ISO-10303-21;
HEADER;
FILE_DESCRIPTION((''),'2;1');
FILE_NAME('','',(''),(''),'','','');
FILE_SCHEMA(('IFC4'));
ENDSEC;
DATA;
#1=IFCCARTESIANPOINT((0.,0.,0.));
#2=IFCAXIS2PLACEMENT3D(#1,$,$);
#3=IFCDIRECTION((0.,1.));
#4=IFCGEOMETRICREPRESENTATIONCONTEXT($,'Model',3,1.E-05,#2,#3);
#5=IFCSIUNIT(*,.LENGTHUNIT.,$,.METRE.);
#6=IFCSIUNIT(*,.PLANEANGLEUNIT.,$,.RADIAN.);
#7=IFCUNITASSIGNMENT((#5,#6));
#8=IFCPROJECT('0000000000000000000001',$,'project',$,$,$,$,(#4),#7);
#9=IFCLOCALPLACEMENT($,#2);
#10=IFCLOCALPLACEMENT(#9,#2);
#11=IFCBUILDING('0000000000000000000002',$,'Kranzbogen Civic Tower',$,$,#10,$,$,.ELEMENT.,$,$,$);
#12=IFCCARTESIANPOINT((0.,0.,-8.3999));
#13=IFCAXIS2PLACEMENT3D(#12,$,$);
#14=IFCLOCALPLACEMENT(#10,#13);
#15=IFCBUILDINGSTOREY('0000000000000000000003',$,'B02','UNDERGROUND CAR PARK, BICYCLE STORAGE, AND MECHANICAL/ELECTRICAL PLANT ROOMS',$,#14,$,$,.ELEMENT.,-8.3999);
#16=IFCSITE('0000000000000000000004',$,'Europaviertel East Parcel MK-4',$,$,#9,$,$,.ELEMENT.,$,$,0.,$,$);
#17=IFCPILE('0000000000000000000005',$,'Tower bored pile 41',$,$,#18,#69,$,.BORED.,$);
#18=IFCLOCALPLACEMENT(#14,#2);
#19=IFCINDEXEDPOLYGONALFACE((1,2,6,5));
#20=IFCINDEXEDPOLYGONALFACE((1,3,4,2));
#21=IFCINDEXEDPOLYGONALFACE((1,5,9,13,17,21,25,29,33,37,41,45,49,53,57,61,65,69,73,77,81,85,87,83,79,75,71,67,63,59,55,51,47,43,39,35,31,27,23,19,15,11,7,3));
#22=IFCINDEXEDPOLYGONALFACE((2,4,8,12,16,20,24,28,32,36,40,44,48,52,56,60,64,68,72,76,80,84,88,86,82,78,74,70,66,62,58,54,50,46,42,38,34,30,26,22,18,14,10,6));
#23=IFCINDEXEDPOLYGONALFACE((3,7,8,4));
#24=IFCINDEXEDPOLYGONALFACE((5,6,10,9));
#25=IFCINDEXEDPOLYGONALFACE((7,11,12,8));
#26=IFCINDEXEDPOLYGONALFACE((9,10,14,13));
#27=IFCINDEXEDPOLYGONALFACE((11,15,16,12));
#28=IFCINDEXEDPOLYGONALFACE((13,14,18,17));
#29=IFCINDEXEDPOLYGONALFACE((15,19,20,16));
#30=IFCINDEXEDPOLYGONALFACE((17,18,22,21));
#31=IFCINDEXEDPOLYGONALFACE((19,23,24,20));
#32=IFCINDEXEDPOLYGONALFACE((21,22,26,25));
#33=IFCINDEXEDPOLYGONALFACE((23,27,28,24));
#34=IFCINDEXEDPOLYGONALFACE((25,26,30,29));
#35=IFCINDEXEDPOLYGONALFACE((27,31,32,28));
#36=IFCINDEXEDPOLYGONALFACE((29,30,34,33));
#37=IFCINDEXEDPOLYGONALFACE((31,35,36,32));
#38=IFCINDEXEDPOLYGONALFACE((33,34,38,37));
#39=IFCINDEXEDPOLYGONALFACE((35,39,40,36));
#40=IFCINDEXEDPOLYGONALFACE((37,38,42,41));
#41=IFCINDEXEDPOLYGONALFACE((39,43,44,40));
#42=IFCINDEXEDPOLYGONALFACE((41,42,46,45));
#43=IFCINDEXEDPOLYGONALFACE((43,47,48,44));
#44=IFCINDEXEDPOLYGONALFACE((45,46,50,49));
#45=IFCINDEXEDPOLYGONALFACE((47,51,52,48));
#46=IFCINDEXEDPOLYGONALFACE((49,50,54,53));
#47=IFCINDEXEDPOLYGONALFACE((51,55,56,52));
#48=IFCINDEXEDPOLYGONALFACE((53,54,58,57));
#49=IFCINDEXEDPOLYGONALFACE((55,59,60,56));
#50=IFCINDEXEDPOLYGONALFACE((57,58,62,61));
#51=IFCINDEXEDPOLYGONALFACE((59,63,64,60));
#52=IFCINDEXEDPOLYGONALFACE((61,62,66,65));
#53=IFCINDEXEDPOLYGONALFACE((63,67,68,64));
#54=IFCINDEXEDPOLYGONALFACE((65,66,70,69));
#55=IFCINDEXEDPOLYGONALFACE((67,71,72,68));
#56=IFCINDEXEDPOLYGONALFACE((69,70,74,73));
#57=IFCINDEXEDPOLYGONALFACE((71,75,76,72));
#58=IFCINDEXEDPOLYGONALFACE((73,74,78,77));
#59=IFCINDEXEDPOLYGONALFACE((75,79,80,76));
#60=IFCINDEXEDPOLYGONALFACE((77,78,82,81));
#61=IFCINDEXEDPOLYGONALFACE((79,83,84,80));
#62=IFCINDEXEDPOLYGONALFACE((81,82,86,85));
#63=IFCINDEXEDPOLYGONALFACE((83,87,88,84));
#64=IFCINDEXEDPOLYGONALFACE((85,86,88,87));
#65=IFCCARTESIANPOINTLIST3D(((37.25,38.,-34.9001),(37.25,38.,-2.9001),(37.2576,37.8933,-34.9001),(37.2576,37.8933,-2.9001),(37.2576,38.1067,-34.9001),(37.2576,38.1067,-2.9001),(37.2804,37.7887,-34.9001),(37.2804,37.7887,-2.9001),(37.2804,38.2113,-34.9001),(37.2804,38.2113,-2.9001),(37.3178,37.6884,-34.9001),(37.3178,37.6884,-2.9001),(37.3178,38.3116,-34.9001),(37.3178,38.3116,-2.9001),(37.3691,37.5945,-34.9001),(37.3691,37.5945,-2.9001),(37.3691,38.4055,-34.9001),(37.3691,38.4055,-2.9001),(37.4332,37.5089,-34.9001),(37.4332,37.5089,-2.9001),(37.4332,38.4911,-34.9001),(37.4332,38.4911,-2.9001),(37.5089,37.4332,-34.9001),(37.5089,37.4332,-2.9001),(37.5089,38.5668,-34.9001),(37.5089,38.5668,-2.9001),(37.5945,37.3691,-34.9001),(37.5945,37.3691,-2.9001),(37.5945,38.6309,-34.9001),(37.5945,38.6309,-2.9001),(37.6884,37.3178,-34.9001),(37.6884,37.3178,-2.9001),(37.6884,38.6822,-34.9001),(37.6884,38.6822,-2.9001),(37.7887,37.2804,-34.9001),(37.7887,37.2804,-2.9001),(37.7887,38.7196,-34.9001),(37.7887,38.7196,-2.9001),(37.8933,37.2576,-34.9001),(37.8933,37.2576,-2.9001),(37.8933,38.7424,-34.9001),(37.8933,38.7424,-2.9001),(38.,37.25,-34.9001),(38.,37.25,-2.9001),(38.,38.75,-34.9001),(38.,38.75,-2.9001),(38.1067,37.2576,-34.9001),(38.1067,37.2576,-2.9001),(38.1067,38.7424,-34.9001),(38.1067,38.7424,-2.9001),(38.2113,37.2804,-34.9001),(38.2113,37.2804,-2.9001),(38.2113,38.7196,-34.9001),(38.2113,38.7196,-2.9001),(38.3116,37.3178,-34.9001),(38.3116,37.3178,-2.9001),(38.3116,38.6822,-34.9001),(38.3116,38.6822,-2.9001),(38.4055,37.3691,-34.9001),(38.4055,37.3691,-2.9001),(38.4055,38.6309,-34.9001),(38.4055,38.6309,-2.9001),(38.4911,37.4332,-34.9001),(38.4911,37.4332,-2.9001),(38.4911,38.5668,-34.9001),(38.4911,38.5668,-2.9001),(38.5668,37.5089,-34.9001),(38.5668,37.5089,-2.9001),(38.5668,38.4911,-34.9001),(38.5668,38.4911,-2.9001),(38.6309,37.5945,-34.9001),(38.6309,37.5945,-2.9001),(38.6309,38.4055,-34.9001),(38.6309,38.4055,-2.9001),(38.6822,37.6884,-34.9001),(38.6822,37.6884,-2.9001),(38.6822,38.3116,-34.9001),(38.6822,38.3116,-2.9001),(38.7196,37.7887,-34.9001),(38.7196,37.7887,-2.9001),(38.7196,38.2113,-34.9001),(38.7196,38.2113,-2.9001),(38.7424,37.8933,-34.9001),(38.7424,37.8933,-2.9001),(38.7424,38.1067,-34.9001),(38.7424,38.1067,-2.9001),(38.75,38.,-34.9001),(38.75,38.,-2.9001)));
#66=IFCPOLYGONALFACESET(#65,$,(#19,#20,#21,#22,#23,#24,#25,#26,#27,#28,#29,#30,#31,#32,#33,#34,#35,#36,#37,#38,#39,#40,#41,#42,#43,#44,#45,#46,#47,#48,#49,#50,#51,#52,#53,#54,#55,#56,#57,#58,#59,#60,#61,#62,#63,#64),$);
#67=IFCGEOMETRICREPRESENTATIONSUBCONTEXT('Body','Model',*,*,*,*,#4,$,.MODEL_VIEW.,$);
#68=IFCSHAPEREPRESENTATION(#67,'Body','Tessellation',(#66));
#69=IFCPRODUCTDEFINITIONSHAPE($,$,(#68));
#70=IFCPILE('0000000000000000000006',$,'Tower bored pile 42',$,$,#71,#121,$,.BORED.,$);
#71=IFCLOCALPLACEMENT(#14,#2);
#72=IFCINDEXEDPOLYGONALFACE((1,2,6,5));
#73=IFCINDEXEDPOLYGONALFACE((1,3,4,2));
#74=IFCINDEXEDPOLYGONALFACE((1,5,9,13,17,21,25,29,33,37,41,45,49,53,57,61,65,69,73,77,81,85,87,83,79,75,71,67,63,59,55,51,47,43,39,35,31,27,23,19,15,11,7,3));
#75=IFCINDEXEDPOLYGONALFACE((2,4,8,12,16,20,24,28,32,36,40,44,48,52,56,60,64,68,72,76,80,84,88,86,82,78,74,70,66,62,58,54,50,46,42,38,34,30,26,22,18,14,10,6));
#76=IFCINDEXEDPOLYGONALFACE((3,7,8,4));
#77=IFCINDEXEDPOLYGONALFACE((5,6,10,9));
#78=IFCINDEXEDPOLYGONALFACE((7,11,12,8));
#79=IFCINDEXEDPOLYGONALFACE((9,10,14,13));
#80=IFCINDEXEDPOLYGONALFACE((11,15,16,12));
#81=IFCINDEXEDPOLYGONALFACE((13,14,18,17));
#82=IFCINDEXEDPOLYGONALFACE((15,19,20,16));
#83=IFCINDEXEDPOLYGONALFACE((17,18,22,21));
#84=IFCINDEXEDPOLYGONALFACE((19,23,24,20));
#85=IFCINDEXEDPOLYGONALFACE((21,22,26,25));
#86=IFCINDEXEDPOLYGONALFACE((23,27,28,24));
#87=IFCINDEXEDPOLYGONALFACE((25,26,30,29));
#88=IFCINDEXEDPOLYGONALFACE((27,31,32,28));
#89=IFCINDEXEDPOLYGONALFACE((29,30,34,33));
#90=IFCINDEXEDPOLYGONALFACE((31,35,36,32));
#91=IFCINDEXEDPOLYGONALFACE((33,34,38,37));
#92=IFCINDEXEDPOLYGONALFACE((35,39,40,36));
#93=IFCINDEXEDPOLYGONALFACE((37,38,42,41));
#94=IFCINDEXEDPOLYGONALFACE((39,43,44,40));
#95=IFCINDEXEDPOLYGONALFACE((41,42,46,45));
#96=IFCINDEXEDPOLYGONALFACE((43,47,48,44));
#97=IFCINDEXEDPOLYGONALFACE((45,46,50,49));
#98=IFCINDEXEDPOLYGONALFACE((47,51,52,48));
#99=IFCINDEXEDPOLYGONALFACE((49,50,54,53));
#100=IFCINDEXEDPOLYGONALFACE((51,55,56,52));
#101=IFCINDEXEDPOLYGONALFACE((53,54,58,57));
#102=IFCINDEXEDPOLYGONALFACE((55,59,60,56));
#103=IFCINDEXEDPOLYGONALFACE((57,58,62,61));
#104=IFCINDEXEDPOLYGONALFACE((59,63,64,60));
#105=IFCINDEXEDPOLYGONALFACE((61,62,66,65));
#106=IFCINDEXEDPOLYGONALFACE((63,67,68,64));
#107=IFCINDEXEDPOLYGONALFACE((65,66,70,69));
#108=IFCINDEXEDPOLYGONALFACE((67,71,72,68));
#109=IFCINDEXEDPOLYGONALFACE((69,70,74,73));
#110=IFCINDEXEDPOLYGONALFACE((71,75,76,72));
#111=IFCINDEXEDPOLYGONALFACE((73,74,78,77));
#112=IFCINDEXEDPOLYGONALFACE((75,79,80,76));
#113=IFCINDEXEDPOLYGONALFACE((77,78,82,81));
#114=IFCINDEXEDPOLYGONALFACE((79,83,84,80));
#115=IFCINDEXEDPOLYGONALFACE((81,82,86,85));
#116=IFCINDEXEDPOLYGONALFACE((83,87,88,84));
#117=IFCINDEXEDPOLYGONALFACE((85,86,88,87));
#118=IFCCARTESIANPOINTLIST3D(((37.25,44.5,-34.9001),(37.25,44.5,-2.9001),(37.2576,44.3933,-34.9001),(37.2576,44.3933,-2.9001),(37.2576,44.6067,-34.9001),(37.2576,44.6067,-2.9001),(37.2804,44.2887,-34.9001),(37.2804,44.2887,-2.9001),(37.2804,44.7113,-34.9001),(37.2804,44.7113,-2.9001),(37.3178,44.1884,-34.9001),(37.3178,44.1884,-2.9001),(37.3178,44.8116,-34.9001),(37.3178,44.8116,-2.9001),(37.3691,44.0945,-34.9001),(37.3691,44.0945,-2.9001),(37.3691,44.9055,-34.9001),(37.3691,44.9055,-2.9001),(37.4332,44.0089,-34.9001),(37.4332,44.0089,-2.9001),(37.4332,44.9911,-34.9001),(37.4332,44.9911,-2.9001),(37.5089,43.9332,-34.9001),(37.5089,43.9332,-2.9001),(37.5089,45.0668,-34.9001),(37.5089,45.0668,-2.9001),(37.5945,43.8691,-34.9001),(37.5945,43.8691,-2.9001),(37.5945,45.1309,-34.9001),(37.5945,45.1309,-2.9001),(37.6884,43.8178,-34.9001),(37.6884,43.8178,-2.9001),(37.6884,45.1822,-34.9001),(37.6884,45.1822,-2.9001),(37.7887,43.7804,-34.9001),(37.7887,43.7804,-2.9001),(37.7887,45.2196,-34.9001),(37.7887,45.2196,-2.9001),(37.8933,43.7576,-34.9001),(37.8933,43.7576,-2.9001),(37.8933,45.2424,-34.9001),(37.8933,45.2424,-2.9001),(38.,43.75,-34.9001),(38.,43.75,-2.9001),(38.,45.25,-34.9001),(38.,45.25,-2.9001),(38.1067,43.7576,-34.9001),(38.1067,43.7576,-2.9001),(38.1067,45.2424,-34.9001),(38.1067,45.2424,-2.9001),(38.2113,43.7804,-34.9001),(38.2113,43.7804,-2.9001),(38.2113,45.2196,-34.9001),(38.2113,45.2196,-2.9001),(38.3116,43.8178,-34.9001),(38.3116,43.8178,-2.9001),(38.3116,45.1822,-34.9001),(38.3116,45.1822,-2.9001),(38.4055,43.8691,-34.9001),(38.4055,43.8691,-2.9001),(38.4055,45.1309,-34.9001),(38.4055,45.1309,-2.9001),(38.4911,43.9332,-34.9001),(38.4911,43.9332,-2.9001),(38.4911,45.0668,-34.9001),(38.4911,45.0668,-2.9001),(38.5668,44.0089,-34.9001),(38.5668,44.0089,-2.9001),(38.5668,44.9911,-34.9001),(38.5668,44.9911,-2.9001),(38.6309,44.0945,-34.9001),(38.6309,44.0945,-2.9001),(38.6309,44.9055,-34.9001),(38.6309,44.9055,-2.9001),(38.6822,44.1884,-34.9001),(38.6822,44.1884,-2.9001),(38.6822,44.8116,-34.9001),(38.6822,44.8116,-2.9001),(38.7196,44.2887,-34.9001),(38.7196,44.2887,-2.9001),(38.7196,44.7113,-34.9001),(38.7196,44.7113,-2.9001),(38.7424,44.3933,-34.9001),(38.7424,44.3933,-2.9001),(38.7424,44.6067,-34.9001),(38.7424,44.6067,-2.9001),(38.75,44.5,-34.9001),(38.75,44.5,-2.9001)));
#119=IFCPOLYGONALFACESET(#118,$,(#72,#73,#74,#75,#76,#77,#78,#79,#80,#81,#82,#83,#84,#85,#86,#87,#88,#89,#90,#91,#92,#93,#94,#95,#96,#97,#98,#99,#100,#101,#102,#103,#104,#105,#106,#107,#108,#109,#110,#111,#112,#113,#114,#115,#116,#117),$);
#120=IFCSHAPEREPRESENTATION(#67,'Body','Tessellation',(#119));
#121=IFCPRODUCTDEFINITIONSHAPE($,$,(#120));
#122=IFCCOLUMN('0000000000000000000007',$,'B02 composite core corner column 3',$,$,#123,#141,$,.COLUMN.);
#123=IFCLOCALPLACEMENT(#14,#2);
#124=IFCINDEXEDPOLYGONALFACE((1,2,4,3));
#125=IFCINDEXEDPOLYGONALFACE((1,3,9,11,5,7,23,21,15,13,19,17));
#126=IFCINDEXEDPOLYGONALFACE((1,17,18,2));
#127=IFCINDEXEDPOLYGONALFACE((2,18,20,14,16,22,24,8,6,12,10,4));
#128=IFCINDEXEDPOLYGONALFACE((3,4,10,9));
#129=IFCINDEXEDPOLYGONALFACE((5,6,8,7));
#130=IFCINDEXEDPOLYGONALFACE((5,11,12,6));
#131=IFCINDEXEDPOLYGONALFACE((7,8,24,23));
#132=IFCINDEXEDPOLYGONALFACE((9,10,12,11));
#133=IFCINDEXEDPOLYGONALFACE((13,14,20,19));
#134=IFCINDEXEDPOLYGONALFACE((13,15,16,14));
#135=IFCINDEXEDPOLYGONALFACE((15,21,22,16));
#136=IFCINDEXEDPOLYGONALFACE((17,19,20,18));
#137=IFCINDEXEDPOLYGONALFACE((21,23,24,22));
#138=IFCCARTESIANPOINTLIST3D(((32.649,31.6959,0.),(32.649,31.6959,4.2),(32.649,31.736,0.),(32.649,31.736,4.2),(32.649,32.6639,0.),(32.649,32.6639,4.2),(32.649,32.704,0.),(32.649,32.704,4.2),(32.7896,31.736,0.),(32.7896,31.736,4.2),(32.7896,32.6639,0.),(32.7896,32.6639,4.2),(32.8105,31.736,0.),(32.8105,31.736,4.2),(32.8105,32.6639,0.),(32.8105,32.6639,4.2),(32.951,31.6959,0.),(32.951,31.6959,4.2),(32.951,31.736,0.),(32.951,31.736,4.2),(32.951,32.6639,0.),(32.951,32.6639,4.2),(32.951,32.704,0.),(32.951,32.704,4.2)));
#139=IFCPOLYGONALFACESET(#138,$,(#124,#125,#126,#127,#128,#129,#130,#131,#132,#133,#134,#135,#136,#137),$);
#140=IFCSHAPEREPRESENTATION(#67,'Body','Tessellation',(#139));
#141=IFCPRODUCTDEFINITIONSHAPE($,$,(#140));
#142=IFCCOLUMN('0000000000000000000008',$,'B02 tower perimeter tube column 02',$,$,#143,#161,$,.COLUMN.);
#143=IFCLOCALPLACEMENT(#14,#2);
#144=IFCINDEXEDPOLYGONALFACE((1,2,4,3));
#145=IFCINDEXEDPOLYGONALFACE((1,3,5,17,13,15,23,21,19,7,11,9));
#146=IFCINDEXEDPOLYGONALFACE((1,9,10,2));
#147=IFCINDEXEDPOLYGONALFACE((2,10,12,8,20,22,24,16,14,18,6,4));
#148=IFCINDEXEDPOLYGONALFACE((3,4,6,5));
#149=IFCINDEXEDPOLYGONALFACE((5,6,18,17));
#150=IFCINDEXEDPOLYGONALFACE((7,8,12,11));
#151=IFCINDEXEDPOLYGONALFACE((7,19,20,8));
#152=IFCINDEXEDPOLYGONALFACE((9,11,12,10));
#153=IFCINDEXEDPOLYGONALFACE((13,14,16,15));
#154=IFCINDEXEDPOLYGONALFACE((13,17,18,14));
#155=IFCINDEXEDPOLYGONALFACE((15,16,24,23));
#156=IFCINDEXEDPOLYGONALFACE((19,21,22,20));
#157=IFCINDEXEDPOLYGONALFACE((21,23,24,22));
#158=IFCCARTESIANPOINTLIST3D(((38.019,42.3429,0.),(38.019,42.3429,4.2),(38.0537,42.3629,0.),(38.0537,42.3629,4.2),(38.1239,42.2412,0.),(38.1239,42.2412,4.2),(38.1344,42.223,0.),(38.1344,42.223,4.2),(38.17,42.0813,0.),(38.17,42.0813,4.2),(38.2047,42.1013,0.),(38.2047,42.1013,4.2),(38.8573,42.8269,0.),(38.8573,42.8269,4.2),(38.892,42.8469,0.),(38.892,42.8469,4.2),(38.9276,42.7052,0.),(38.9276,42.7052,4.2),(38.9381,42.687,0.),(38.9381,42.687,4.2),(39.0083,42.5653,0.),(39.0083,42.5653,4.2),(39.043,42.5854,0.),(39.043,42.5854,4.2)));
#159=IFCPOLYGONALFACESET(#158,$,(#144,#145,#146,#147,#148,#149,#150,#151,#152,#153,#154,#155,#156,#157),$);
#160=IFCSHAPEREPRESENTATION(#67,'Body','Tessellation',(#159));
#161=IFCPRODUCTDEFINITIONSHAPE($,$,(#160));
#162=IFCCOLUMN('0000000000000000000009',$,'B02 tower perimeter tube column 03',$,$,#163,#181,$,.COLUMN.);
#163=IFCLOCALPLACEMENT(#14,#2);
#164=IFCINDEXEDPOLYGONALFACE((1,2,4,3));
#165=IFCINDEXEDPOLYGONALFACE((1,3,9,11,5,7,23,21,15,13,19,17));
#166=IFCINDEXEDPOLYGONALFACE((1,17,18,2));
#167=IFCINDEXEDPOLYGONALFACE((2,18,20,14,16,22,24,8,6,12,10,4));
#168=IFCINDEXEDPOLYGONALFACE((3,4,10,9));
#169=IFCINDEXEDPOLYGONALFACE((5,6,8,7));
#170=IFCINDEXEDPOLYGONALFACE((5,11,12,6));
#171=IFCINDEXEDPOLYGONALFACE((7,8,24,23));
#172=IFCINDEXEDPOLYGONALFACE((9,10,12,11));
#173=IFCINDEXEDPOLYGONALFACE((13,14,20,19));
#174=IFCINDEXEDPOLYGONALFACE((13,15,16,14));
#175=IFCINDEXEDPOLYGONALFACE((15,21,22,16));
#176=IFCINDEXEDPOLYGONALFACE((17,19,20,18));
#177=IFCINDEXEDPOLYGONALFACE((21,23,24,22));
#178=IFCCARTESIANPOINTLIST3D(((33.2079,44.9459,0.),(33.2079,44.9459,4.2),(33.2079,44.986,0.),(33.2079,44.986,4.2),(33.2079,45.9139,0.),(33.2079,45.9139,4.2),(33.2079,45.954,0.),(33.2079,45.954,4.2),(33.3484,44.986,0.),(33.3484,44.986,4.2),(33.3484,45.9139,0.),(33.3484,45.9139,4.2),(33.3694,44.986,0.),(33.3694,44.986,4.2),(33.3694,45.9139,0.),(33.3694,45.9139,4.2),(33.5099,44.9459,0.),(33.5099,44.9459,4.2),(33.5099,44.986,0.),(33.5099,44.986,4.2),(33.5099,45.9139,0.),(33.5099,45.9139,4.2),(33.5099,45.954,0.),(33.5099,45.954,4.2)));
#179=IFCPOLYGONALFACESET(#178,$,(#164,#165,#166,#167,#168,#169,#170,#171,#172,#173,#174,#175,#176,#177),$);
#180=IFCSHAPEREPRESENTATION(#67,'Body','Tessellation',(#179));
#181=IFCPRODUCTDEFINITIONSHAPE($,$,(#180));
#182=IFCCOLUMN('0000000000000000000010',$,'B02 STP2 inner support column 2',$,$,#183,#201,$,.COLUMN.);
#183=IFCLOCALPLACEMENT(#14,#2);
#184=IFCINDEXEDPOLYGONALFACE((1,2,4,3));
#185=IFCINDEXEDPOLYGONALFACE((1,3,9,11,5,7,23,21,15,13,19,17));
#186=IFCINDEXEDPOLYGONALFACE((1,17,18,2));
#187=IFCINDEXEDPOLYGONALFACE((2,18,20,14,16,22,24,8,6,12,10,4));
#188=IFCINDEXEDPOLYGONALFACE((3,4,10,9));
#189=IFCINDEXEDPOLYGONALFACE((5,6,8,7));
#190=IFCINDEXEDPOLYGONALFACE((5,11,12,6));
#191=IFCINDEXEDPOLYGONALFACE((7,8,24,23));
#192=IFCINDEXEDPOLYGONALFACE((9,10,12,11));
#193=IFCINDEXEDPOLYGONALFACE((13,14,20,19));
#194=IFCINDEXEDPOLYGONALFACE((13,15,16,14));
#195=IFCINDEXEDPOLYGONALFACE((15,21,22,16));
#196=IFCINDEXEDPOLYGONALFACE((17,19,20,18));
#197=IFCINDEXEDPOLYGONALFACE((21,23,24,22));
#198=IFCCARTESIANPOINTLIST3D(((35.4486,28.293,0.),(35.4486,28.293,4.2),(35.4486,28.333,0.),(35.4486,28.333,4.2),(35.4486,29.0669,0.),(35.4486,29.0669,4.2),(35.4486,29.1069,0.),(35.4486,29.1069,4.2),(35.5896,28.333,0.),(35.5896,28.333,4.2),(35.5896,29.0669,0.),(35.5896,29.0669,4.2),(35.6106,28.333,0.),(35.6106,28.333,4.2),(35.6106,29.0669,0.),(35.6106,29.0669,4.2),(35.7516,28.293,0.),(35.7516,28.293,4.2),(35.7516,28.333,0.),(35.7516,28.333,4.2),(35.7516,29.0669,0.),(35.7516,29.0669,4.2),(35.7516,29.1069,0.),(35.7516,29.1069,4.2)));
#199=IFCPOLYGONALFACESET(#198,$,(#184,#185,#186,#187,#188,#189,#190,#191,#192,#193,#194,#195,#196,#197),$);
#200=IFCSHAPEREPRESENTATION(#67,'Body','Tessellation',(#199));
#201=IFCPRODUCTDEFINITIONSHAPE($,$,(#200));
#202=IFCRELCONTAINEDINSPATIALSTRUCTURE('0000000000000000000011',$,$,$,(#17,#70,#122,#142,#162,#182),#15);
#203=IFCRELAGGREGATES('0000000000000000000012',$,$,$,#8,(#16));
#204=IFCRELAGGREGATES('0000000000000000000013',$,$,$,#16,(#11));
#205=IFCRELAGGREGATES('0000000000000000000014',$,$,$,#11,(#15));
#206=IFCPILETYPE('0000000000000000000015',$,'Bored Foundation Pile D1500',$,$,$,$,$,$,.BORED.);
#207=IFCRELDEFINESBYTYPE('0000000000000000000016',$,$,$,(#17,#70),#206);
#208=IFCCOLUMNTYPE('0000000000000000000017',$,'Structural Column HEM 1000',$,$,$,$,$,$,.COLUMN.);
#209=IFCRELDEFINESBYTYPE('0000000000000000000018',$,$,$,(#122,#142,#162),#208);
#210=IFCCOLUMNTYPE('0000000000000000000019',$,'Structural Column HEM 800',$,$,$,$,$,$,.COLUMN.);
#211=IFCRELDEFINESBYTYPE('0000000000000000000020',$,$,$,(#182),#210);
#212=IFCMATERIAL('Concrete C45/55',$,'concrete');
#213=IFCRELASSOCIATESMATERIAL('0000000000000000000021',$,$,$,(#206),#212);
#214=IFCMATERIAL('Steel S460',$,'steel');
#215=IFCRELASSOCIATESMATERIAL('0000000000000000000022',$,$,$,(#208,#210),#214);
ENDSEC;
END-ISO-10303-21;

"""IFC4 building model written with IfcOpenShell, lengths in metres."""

from ifc_helpers import new_model, si_unit, direction, frame, origin, origin_2d, place, context, subcontext, project, spatial, circle, i_section, extrude, material, material_profile, profile_set, type_object, element, save


model = new_model("IFC4")

# Units and contexts
model_context = context("Model", 3, precision=1e-05, world=origin(), true_north=direction((0.0, 1.0)))
body_context = subcontext(model_context, "Body", "Model", "MODEL_VIEW")
ifc_project = project(units=[si_unit("LENGTHUNIT", "METRE"), si_unit("PLANEANGLEUNIT", "RADIAN")], contexts=[model_context])

# Site, building, storey
site_placement = place(None, origin())
site = spatial("IfcSite", under=ifc_project, at=site_placement, Name="Europaviertel East Parcel MK-4", CompositionType="ELEMENT", RefElevation=0.0)
building_placement = place(site_placement, origin())
building = spatial("IfcBuilding", under=site, at=building_placement, Name="Kranzbogen Civic Tower", CompositionType="ELEMENT")
storey_placement = place(building_placement, frame((0.0, 0.0, -8.3999)))
storey = spatial("IfcBuildingStorey", under=building, at=storey_placement, Name="B02", Description="UNDERGROUND CAR PARK, BICYCLE STORAGE, AND MECHANICAL/ELECTRICAL PLANT ROOMS", CompositionType="ELEMENT", Elevation=-8.3999)

# Piles
ifc_material_1 = material(Name="Concrete C45/55", Category="concrete")
ifc_material_profile_1 = material_profile(ifc_material_1, circle(Radius=0.75, at=origin_2d()), Name="PILE D1500")
ifc_profile_set_1 = profile_set([ifc_material_profile_1], Name="Concrete C45/55")
pile_type = type_object("IfcPileType", Name="Bored Foundation Pile D1500", PredefinedType="BORED", material=ifc_profile_set_1)
for number, where, z_axis, x_axis, name in (
    (1, (38.0, 38.0, -2.9001), (0.0, 0.0, -1.0), (1.0, 0.0, 0.0), "Tower bored pile 41"),
    (2, (38.0, 44.5, -2.9001), (0.0, 0.0, -1.0), (1.0, 0.0, 0.0), "Tower bored pile 42"),
):
    element("IfcPile", number, at=place(storey_placement, frame(where, z_axis=z_axis, x_axis=x_axis)), inside=storey, type_object=pile_type, Name=name, PredefinedType="BORED", context=body_context, shape_type="SweptSolid", body=[
        extrude(circle(Radius=0.75, at=origin_2d()), origin(), (0.0, 0.0, 1.0), 32.0),
    ])

# Columns
ifc_material_2 = material(Name="Steel S460", Category="steel")
ifc_material_profile_2 = material_profile(ifc_material_2, i_section(OverallWidth=0.302, OverallDepth=1.0081, WebThickness=0.021, FlangeThickness=0.04, at=origin_2d()), Name="HEM 1000")
ifc_profile_set_2 = profile_set([ifc_material_profile_2], Name="Steel S460")
column_type_1 = type_object("IfcColumnType", Name="Structural Column HEM 1000", PredefinedType="COLUMN", material=ifc_profile_set_2)
for number, where, z_axis, x_axis, name in (
    (3, (32.8, 32.2, 0.0), (0.0, 0.0, 1.0), (1.0, 0.0, 0.0), "B02 composite core corner column 3"),
    (4, (38.531, 42.4641, 0.0), (0.0, 0.0, 1.0), (-0.5, 0.866025, 0.0), "B02 tower perimeter tube column 02"),
    (5, (33.3589, 45.45, 0.0), (0.0, 0.0, 1.0), (1.0, 0.0, 0.0), "B02 tower perimeter tube column 03"),
):
    element("IfcColumn", number, at=place(storey_placement, frame(where, z_axis=z_axis, x_axis=x_axis)), inside=storey, type_object=column_type_1, Name=name, PredefinedType="COLUMN", context=body_context, shape_type="SweptSolid", body=[
        extrude(i_section(OverallWidth=0.302, OverallDepth=1.0081, WebThickness=0.021, FlangeThickness=0.04, at=origin_2d()), origin(), (0.0, 0.0, 1.0), 4.2),
    ])
ifc_material_profile_3 = material_profile(ifc_material_2, i_section(OverallWidth=0.303, OverallDepth=0.814, WebThickness=0.021, FlangeThickness=0.04, at=origin_2d()), Name="HEM 800")
ifc_profile_set_3 = profile_set([ifc_material_profile_3], Name="Steel S460")
column_type_2 = type_object("IfcColumnType", Name="Structural Column HEM 800", PredefinedType="COLUMN", material=ifc_profile_set_3)
column_1_placement = place(storey_placement, frame((35.6001, 28.7, 0.0), z_axis=(0.0, 0.0, 1.0), x_axis=(1.0, 0.0, 0.0)))
element("IfcColumn", 6, at=column_1_placement, inside=storey, type_object=column_type_2, Name="B02 STP2 inner support column 2", PredefinedType="COLUMN", context=body_context, shape_type="SweptSolid", body=[
    extrude(i_section(OverallWidth=0.303, OverallDepth=0.814, WebThickness=0.021, FlangeThickness=0.04, at=origin_2d()), origin(), (0.0, 0.0, 1.0), 4.2),
])

save(model, "model.ifc")
